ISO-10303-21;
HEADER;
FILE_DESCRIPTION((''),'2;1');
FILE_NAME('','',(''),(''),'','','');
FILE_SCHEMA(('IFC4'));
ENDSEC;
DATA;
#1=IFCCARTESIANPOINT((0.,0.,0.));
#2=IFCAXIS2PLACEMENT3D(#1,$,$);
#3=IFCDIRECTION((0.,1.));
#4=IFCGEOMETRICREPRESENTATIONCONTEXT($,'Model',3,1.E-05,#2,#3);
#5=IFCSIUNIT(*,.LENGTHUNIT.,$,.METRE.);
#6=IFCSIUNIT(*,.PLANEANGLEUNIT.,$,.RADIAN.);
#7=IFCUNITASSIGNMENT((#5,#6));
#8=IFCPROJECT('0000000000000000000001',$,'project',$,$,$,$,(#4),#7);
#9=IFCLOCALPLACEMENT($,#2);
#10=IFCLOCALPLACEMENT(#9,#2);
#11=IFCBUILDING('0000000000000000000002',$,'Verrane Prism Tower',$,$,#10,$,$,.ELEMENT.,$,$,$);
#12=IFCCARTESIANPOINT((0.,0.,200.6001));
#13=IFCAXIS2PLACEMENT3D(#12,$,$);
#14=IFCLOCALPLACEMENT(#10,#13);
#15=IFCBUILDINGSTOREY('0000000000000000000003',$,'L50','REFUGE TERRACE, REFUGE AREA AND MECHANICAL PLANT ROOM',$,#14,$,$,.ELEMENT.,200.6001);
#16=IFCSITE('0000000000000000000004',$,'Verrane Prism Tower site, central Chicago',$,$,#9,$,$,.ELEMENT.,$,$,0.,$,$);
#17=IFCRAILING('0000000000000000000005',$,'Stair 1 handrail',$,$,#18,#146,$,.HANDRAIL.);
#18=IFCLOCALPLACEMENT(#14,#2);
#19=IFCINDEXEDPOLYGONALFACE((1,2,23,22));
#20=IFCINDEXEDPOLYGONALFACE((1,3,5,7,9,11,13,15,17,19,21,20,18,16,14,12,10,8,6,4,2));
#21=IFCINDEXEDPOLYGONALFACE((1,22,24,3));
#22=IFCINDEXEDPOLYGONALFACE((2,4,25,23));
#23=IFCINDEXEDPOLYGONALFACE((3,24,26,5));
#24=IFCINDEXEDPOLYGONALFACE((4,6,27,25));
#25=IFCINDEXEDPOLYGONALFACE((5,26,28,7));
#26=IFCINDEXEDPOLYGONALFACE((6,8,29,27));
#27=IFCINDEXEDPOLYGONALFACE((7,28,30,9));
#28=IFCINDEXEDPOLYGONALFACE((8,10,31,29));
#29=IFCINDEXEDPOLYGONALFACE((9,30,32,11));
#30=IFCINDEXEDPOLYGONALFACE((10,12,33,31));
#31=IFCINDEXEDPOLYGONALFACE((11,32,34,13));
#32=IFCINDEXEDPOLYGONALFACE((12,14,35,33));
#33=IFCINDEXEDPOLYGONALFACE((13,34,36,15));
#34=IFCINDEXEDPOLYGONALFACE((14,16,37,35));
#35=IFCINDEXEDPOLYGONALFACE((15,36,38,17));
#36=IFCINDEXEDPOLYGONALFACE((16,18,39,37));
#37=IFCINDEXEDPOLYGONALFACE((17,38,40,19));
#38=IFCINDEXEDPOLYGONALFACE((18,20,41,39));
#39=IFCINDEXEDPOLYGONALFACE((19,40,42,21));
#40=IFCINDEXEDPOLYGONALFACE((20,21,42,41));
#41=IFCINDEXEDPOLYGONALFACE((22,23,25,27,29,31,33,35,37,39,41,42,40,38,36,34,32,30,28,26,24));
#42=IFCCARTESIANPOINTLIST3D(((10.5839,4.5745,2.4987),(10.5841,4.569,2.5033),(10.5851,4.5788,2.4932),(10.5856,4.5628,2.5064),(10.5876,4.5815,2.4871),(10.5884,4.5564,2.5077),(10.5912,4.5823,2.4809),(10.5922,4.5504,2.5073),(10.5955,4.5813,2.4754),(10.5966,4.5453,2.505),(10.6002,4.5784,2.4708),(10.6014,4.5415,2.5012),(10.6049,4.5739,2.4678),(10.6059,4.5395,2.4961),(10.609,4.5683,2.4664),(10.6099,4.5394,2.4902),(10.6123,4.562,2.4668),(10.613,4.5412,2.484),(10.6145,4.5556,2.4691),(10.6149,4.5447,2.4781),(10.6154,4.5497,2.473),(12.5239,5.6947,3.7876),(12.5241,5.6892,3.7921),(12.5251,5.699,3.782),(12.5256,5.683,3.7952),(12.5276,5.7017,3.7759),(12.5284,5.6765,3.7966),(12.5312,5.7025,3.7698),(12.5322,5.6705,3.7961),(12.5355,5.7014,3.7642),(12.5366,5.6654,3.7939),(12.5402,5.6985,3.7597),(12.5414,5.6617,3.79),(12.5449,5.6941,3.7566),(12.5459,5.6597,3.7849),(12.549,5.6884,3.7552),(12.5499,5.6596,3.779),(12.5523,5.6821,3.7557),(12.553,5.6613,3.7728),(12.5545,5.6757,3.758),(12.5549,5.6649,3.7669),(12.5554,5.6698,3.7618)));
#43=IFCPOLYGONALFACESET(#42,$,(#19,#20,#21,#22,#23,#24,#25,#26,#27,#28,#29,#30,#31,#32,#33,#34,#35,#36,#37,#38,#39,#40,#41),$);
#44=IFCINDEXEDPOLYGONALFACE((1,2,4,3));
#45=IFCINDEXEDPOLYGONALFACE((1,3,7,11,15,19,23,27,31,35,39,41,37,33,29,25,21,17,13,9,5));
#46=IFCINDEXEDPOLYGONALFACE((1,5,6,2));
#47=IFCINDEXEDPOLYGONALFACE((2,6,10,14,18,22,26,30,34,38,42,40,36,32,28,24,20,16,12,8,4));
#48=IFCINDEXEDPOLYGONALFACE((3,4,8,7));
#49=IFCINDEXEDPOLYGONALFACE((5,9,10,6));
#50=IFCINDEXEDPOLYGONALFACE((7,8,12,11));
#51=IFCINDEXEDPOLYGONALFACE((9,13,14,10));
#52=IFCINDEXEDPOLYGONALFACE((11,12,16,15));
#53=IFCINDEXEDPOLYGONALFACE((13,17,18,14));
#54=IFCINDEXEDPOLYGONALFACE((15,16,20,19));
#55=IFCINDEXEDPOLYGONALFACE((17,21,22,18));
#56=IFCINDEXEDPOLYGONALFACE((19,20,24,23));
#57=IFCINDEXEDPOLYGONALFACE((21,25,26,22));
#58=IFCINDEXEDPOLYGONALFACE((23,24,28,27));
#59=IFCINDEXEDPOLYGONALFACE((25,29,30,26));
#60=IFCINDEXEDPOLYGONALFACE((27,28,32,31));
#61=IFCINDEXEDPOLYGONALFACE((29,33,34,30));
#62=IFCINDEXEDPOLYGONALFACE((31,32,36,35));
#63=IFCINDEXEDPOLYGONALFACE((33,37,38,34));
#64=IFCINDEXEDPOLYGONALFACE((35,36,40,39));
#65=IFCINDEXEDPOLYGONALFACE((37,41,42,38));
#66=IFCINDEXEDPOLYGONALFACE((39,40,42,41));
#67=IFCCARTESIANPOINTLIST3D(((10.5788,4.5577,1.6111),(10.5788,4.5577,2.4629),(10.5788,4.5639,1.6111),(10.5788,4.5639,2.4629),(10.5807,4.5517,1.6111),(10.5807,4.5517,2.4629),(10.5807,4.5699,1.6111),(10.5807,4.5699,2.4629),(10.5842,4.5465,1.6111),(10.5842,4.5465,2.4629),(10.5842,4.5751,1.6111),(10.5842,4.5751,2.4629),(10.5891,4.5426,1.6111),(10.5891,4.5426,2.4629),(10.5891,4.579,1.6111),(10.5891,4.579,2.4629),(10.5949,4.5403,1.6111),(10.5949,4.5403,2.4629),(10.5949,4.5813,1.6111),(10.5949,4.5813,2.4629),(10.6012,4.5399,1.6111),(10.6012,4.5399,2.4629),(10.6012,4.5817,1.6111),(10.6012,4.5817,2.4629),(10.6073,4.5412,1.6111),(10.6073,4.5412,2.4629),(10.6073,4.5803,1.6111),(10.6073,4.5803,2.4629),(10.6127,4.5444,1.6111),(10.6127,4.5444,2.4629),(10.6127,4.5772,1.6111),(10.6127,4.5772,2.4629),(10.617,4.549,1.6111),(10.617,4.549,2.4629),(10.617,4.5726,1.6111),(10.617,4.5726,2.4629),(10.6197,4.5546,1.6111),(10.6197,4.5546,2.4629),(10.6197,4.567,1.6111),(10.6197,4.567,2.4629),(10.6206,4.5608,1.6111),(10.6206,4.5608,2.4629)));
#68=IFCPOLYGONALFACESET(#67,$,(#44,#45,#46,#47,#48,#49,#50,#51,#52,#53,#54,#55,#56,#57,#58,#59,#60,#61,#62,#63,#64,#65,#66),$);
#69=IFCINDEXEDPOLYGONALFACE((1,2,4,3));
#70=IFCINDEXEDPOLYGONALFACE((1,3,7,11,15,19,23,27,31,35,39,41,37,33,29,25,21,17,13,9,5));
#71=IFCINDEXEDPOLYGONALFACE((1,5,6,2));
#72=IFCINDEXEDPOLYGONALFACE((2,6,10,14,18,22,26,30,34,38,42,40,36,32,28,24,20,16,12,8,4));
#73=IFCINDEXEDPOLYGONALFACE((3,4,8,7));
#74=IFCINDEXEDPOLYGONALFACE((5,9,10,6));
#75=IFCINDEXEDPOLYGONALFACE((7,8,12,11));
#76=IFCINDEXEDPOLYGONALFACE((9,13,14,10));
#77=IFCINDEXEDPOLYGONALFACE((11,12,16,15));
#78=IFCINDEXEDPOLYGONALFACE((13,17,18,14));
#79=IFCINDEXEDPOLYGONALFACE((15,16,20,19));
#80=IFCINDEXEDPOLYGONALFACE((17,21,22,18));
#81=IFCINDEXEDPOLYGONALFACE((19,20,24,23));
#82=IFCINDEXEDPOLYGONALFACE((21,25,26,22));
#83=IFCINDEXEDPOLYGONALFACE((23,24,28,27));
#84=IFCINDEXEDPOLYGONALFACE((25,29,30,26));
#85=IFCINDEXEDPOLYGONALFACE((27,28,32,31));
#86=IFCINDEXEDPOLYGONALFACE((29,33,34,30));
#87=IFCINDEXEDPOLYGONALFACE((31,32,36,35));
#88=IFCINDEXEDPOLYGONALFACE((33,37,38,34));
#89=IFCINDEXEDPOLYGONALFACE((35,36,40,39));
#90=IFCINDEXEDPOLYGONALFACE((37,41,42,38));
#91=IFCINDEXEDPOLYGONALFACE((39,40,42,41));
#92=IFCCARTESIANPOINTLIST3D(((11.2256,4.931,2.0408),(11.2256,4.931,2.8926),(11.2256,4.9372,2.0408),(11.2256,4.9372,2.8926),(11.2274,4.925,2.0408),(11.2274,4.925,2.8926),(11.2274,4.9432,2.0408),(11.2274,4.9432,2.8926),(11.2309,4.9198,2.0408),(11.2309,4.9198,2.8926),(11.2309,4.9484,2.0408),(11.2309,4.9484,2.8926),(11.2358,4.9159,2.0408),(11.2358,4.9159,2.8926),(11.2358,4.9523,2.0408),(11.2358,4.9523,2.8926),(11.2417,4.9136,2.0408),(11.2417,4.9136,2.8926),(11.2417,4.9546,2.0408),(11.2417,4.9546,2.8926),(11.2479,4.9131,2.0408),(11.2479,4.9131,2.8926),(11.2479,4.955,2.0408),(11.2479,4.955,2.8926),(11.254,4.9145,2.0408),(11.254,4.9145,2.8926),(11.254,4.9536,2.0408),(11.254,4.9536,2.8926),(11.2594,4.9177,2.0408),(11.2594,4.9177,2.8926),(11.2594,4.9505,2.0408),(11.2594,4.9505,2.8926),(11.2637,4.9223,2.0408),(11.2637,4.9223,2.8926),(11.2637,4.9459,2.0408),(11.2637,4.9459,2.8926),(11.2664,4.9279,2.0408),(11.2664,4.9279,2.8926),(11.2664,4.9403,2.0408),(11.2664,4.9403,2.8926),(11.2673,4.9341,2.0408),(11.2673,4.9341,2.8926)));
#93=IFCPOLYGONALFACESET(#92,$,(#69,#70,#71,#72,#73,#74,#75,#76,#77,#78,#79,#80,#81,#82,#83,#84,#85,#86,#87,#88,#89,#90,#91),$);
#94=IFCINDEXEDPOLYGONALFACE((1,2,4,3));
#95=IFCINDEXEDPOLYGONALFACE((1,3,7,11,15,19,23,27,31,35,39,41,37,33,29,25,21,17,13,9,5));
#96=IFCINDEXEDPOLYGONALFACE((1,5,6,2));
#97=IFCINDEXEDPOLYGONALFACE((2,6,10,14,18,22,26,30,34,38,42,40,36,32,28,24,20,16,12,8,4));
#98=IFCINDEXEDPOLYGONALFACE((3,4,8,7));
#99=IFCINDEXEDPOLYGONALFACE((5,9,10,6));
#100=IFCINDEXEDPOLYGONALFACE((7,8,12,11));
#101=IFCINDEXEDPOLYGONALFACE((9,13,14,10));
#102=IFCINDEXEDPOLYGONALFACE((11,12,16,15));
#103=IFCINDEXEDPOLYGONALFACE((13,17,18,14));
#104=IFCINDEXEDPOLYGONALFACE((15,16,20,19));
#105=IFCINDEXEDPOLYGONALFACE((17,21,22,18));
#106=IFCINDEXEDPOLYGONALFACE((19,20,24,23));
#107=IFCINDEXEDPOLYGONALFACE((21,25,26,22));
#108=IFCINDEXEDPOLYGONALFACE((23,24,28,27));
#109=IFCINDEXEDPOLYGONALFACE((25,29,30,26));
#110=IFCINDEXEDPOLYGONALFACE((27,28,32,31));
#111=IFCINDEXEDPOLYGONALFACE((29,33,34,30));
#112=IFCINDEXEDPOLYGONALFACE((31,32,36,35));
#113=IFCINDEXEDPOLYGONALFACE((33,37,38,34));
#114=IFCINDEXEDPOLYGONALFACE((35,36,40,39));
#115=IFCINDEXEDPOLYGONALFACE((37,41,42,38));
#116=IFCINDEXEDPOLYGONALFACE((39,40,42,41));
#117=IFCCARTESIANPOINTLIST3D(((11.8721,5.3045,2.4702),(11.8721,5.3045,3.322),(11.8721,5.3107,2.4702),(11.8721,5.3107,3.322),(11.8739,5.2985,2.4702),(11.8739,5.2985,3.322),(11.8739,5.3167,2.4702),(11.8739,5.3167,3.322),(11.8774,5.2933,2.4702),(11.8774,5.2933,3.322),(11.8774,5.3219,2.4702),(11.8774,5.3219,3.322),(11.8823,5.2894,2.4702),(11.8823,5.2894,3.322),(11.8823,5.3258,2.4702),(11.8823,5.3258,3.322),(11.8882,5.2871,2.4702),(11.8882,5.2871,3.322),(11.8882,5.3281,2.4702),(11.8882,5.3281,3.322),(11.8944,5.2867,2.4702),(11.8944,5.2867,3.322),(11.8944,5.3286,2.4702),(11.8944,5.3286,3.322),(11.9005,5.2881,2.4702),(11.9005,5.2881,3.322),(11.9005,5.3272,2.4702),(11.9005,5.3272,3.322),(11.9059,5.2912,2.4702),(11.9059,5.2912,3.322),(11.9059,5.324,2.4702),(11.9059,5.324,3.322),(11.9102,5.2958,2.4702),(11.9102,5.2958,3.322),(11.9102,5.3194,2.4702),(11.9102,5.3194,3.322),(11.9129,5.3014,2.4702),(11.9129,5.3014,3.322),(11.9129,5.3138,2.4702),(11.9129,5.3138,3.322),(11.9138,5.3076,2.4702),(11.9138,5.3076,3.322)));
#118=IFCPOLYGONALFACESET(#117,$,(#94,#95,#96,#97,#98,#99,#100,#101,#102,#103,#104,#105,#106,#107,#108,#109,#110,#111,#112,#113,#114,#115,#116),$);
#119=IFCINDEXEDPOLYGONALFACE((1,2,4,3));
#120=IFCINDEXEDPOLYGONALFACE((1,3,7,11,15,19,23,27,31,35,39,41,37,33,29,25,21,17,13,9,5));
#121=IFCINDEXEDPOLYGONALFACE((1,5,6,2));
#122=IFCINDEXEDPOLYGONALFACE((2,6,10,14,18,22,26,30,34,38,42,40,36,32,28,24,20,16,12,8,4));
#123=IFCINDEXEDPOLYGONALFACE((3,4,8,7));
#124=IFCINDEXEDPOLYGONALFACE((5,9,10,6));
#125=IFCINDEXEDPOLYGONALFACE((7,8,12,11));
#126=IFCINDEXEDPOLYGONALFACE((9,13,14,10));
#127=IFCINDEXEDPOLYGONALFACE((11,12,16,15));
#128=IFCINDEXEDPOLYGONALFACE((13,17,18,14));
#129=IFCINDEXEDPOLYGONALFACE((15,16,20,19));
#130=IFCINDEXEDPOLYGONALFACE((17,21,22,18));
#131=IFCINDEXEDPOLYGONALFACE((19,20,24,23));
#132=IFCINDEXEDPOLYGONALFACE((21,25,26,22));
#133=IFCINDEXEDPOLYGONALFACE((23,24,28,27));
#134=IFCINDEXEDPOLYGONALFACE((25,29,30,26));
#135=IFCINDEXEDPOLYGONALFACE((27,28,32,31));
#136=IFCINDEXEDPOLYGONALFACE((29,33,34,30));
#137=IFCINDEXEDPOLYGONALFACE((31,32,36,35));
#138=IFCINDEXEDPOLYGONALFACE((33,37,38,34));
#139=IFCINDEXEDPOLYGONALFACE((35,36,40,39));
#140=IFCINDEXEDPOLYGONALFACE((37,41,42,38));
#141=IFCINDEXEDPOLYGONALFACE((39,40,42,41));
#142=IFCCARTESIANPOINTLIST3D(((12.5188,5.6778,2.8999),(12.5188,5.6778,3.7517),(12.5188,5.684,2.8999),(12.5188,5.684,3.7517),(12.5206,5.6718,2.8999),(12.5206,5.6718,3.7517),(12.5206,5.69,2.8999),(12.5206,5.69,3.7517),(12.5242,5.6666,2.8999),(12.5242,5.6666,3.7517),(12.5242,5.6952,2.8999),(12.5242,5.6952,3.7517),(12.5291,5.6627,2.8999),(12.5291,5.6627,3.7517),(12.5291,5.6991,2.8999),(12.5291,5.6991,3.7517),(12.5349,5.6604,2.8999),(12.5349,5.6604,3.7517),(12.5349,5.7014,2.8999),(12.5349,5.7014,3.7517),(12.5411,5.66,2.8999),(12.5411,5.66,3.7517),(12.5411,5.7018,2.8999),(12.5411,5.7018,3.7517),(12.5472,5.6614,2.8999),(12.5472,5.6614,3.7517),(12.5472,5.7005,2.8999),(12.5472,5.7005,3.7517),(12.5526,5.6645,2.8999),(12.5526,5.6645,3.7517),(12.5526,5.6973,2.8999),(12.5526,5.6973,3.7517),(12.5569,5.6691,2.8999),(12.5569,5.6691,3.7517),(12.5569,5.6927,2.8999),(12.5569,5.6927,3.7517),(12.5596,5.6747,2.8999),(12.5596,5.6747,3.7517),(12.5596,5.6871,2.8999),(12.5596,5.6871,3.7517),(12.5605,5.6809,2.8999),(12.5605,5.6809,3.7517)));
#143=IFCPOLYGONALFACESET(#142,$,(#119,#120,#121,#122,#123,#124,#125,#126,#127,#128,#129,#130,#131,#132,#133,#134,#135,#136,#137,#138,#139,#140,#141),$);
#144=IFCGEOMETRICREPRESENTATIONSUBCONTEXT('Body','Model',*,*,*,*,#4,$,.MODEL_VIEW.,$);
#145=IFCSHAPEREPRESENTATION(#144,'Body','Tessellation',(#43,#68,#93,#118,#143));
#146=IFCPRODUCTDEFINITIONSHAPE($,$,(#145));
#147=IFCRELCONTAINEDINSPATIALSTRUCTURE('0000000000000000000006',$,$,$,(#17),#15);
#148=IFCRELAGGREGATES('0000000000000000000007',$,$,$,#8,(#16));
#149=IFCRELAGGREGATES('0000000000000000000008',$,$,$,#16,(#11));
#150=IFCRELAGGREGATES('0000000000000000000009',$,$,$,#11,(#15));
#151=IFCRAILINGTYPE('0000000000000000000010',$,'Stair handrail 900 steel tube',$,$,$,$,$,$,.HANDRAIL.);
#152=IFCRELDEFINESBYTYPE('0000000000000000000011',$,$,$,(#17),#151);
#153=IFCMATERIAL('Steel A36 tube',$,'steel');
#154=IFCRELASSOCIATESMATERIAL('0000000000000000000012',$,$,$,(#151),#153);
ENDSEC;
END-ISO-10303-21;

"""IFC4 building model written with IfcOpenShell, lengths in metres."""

from ifc_helpers import new_model, si_unit, direction, frame, origin, origin_2d, place, context, subcontext, project, spatial, circle, extrude, material, type_object, element, save


model = new_model("IFC4")

# Units and contexts
model_context = context("Model", 3, precision=1e-05, world=origin(), true_north=direction((0.0, 1.0)))
body_context = subcontext(model_context, "Body", "Model", "MODEL_VIEW")
ifc_project = project(units=[si_unit("LENGTHUNIT", "METRE"), si_unit("PLANEANGLEUNIT", "RADIAN")], contexts=[model_context])

# Site, building, storey
site_placement = place(None, origin())
site = spatial("IfcSite", under=ifc_project, at=site_placement, Name="Verrane Prism Tower site, central Chicago", CompositionType="ELEMENT", RefElevation=0.0)
building_placement = place(site_placement, origin())
building = spatial("IfcBuilding", under=site, at=building_placement, Name="Verrane Prism Tower", CompositionType="ELEMENT")
storey_placement = place(building_placement, frame((0.0, 0.0, 200.6001)))
storey = spatial("IfcBuildingStorey", under=building, at=storey_placement, Name="L50", Description="REFUGE TERRACE, REFUGE AREA AND MECHANICAL PLANT ROOM", CompositionType="ELEMENT", Elevation=200.6001)

# Railing
ifc_material_1 = material(Name="Steel A36 tube", Category="steel")
railing_type_1 = type_object("IfcRailingType", Name="Stair handrail 900 steel tube", PredefinedType="HANDRAIL", material=ifc_material_1)
railing_1_placement = place(storey_placement, frame((10.5996, 4.5608, 1.6111)))
element("IfcRailing", 1, at=railing_1_placement, inside=storey, type_object=railing_type_1, Name="Stair 1 handrail", PredefinedType="HANDRAIL", context=body_context, shape_type="SweptSolid", body=[
    extrude(circle(Radius=0.0239, at=origin_2d()), frame((0.0, 0.0, 0.876), z_axis=(0.750637, 0.433416, 0.498693), x_axis=(-0.500031, 0.866008, 0.0)), (0.0, 0.0, 1.0), 2.5845),
    extrude(circle(Radius=0.021, at=origin_2d()), origin(), (0.0, 0.0, 1.0), 0.8518),
    extrude(circle(Radius=0.021, at=origin_2d()), frame((0.6467, 0.3733, 0.4297)), (0.0, 0.0, 1.0), 0.8518),
    extrude(circle(Radius=0.021, at=origin_2d()), frame((1.2932, 0.7468, 0.8591)), (0.0, 0.0, 1.0), 0.8518),
    extrude(circle(Radius=0.021, at=origin_2d()), frame((1.9399, 1.1201, 1.2888)), (0.0, 0.0, 1.0), 0.8518),
])

save(model, "model.ifc")
